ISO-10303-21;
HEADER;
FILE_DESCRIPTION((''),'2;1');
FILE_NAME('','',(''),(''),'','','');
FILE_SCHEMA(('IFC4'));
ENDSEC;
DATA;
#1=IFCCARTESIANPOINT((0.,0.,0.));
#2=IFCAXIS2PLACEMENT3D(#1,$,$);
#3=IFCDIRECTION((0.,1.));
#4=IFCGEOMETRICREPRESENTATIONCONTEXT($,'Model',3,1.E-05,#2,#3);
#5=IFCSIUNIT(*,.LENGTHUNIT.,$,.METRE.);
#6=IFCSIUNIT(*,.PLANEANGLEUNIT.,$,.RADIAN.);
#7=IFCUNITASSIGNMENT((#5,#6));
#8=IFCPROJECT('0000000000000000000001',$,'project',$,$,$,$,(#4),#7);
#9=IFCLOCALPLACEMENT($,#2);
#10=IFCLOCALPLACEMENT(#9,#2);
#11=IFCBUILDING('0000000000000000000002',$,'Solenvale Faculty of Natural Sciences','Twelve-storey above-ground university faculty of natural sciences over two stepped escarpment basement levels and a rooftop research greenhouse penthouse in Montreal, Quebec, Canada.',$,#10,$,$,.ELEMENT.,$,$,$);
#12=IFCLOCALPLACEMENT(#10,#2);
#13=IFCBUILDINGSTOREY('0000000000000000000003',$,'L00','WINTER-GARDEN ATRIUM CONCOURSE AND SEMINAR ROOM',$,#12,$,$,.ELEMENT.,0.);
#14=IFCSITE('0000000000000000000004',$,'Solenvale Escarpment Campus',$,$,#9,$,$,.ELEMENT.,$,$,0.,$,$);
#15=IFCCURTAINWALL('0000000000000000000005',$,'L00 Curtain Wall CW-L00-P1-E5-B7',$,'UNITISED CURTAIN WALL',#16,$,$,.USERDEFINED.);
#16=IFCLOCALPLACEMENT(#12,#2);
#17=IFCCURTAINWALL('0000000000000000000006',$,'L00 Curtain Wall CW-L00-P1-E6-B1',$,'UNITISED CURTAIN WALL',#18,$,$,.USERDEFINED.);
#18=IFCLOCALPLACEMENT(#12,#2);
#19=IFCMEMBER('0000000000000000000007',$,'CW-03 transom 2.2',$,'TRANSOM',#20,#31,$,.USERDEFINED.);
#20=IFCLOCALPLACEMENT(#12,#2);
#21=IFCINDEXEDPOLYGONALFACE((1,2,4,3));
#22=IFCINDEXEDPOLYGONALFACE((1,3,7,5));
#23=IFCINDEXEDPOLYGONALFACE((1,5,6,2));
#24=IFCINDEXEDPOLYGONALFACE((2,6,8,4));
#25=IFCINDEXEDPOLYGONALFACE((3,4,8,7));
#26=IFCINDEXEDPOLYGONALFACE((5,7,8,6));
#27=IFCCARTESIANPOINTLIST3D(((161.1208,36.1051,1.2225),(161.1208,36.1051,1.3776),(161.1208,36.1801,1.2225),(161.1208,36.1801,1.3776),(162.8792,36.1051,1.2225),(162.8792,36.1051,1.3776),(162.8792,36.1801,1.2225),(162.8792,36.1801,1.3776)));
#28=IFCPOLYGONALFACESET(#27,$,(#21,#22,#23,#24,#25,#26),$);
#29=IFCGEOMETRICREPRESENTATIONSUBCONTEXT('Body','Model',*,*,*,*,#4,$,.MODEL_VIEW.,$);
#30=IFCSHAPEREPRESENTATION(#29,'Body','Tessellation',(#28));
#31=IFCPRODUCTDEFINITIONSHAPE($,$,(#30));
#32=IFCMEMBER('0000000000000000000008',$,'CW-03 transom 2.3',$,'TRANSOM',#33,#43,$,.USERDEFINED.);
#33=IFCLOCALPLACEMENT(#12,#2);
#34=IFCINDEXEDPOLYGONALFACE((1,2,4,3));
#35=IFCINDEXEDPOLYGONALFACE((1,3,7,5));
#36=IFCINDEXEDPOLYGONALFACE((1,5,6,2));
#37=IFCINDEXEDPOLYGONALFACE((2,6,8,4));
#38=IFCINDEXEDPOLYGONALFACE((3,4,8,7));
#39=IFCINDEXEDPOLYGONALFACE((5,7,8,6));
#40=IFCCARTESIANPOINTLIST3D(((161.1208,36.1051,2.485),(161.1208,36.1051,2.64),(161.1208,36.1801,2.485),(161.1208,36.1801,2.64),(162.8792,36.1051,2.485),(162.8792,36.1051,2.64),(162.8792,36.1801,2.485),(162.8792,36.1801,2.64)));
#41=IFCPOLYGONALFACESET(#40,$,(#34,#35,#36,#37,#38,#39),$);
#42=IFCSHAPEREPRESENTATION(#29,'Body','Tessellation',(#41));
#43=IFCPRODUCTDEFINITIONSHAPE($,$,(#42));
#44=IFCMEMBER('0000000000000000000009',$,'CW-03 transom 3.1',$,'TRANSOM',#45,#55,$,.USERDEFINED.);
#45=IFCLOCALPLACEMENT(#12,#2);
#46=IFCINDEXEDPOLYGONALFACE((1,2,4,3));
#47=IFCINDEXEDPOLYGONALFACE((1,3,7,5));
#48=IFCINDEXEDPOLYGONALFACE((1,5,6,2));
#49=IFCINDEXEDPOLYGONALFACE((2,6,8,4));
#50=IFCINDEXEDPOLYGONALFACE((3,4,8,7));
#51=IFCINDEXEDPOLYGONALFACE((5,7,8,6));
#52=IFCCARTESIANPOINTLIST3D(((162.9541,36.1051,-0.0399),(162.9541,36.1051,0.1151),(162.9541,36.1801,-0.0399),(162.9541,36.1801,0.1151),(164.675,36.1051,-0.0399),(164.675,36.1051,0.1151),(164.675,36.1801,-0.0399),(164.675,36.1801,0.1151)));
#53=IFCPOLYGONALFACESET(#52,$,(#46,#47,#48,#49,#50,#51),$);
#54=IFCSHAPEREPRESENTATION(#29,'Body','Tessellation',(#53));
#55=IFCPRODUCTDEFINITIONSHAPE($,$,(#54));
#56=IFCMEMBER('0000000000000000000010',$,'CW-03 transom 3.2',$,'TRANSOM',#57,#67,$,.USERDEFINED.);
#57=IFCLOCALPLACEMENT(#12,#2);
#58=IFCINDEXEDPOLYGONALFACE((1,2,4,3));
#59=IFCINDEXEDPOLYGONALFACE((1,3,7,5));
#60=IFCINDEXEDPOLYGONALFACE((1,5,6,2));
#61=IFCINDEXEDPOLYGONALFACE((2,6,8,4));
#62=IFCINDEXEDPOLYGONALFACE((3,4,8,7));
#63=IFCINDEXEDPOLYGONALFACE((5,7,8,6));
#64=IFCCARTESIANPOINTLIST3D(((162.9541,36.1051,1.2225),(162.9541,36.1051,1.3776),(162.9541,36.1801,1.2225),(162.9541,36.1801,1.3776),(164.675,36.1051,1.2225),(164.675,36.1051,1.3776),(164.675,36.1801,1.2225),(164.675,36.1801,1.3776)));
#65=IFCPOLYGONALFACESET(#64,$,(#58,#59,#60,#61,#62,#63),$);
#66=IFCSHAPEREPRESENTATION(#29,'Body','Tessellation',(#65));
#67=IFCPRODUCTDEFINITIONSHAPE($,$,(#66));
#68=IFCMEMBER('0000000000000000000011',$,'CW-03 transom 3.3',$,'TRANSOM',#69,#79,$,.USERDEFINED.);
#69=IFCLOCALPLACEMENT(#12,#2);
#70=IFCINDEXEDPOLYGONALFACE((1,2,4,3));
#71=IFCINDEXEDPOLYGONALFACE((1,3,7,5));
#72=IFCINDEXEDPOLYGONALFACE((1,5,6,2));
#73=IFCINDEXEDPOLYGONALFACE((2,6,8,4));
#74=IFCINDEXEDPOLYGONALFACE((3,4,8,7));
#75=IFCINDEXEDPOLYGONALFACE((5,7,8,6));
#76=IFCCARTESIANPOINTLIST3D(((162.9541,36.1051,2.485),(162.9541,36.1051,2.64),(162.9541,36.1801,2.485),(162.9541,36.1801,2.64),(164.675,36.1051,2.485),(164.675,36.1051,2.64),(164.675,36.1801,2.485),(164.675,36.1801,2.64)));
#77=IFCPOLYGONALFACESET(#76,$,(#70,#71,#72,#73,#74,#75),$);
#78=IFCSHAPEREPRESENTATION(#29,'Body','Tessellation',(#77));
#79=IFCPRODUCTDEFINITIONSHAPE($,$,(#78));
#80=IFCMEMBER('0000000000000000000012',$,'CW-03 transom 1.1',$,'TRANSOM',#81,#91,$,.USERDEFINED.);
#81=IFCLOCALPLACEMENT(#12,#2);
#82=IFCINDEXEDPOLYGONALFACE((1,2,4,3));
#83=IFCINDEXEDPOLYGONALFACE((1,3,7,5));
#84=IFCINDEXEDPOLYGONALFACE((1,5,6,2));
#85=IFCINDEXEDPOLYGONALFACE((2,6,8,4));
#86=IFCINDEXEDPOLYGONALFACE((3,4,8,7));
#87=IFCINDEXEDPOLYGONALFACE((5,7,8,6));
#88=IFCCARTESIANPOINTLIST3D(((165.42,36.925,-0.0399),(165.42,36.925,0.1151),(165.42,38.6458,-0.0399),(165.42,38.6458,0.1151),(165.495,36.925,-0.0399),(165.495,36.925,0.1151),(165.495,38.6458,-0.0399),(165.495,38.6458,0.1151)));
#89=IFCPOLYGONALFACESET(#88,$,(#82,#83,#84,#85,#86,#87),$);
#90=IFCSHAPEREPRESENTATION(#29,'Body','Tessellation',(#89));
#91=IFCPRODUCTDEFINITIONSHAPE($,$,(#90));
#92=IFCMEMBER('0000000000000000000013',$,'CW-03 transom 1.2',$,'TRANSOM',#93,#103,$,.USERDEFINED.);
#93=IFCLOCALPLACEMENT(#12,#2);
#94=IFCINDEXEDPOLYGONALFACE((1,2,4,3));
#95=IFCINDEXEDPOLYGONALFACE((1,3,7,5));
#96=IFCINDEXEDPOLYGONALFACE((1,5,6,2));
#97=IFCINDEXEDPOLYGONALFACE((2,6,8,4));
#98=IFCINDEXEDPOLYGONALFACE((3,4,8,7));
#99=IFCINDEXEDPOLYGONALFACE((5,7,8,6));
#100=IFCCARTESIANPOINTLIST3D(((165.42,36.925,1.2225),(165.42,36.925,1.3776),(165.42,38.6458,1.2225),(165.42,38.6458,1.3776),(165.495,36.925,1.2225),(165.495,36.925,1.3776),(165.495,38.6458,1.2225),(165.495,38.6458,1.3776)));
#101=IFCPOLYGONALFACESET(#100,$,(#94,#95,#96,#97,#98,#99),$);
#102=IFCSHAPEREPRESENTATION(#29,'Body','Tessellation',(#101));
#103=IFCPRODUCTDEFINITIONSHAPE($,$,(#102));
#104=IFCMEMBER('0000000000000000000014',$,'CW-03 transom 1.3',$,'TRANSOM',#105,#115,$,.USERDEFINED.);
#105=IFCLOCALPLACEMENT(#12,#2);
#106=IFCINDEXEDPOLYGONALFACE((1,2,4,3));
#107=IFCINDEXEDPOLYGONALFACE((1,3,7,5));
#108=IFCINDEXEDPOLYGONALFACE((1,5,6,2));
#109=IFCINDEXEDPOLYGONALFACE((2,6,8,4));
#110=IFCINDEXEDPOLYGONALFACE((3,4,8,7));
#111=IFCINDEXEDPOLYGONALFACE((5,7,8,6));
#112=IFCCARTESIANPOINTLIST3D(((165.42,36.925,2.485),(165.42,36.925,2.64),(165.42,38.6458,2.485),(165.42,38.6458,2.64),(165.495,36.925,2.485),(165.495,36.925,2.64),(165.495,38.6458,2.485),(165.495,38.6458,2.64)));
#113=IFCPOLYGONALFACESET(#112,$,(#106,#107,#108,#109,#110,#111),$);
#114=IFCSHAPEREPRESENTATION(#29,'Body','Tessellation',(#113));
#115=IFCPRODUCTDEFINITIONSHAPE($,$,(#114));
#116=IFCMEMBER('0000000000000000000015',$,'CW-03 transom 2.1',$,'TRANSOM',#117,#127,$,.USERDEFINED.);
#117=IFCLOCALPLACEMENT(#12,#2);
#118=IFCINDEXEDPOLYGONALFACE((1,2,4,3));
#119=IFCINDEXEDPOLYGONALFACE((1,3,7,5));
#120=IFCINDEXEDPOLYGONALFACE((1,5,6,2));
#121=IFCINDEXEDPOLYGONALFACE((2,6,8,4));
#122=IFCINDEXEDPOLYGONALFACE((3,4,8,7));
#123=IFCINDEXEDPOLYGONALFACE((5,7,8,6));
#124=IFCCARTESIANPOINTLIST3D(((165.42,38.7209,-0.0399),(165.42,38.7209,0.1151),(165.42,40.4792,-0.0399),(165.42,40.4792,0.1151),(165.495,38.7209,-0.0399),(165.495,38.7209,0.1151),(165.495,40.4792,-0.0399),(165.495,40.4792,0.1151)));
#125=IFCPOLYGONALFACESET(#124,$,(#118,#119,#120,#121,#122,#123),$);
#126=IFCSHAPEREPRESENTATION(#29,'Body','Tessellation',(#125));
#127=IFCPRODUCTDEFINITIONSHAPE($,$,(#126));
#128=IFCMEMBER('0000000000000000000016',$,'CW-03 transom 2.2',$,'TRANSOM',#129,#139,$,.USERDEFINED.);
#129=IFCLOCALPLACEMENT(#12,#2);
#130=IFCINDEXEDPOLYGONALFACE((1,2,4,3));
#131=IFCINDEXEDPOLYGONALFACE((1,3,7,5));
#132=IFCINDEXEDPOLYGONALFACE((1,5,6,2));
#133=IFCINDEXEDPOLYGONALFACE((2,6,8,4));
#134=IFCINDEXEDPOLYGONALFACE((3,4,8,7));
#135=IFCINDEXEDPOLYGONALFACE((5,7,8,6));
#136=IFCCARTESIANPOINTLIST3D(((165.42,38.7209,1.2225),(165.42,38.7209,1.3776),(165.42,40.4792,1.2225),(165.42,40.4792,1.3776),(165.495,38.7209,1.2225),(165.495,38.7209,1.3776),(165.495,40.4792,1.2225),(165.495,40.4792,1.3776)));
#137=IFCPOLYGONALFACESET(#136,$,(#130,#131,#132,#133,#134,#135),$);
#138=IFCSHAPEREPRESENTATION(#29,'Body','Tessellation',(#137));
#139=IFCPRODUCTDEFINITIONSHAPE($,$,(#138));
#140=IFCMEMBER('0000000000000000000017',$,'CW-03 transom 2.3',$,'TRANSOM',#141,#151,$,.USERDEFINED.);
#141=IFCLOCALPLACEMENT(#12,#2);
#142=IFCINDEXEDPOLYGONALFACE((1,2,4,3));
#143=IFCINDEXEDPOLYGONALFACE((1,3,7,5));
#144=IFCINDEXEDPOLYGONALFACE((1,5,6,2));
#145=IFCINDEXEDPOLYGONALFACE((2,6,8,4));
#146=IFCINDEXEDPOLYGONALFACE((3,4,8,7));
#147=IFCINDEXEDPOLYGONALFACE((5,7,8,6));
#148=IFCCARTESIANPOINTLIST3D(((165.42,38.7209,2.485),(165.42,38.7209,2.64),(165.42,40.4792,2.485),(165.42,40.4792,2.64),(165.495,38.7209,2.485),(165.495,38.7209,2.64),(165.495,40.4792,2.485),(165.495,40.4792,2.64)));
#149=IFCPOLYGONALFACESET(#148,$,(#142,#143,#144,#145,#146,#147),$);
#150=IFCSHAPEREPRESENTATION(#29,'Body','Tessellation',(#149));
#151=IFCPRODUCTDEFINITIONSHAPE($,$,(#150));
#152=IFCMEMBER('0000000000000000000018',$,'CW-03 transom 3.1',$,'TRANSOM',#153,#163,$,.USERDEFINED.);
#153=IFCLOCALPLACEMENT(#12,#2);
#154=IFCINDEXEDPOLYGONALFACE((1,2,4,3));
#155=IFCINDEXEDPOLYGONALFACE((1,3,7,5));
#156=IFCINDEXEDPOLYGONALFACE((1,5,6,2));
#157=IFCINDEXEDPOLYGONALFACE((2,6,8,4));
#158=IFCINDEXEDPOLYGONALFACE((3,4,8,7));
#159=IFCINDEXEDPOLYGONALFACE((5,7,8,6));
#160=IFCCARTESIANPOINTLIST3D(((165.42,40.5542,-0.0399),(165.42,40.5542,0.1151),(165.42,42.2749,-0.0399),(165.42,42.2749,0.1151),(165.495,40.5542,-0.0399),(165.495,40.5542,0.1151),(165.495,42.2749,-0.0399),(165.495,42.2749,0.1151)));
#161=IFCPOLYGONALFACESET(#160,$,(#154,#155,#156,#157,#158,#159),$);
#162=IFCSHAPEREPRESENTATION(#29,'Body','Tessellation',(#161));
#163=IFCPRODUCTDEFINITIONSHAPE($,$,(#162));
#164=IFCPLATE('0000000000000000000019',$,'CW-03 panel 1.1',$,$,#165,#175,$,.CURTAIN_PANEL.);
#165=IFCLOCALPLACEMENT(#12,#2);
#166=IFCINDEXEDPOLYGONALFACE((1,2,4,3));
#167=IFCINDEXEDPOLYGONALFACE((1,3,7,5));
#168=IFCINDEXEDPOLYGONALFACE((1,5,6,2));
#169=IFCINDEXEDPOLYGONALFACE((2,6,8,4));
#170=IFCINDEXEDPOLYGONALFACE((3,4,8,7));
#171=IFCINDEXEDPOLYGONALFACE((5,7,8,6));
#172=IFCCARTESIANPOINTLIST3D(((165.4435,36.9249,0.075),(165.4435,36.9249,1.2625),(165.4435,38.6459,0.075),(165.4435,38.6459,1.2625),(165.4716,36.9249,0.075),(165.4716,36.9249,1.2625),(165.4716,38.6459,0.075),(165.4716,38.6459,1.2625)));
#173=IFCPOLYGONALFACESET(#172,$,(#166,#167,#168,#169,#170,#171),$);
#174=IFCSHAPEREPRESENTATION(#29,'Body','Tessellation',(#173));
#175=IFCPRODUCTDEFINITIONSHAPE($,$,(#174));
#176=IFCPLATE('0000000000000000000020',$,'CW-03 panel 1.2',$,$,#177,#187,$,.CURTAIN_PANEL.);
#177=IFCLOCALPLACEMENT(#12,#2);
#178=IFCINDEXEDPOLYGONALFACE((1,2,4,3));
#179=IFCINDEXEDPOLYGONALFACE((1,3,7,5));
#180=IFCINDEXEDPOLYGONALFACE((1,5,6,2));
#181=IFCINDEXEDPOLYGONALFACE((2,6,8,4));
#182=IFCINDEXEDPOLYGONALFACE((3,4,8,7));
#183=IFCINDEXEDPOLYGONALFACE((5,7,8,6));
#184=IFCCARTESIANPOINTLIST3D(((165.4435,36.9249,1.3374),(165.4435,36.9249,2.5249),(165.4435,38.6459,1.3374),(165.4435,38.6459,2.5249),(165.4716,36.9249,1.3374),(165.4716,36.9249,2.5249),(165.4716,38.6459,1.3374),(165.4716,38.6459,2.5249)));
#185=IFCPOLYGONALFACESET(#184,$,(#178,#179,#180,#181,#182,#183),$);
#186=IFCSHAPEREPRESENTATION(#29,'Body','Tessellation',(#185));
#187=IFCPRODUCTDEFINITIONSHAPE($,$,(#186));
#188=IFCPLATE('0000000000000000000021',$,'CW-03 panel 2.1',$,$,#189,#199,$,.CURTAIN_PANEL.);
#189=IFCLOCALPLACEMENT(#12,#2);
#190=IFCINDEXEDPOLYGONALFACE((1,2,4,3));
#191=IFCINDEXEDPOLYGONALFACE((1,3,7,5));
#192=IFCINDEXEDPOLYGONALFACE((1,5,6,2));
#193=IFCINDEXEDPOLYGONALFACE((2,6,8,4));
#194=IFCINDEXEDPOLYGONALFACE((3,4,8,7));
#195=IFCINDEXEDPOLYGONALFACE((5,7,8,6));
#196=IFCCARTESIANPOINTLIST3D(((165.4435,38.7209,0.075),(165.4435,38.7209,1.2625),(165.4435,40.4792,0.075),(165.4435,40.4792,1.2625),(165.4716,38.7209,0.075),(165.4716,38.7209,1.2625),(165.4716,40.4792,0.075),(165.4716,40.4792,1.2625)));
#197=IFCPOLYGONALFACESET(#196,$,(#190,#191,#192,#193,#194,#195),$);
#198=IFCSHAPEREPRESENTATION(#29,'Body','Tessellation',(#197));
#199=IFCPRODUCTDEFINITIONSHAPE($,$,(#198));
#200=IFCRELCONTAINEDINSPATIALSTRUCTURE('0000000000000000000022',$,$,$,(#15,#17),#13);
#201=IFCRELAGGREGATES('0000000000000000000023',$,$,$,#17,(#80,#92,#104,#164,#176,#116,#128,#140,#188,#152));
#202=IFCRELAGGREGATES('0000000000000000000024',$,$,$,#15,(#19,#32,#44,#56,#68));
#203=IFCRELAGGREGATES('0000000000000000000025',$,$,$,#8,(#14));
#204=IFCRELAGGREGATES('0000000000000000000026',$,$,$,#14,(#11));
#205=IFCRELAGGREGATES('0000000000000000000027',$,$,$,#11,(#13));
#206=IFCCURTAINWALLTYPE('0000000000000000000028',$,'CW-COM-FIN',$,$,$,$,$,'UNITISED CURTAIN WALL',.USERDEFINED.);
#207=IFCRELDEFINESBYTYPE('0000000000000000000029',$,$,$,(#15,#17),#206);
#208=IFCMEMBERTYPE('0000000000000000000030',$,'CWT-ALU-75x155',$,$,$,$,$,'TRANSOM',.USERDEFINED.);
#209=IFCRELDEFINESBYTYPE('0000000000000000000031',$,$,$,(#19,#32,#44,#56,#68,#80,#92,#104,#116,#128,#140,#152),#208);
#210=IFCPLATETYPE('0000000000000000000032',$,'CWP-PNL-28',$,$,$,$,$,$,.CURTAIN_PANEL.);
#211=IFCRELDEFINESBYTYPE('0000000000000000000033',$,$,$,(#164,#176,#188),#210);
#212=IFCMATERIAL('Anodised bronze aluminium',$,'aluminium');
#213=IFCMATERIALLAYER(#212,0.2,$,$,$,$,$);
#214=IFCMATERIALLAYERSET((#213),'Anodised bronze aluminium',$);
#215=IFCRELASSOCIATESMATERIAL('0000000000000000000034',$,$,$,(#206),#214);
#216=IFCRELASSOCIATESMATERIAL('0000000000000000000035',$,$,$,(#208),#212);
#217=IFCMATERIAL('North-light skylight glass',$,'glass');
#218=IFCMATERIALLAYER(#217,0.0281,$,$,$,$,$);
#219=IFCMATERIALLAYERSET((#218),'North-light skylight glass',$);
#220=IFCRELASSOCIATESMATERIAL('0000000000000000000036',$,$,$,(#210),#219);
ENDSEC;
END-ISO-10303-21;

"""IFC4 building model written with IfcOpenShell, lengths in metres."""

from ifc_helpers import new_model, si_unit, direction, frame, origin, origin_2d, place, context, subcontext, project, spatial, rectangle, extrude, material, layer, layer_set, material_profile, profile_set, type_object, element, aggregate, save


model = new_model("IFC4")

# Units and contexts
model_context = context("Model", 3, precision=1e-05, world=origin(), true_north=direction((0.0, 1.0)))
body_context = subcontext(model_context, "Body", "Model", "MODEL_VIEW")
ifc_project = project(units=[si_unit("LENGTHUNIT", "METRE"), si_unit("PLANEANGLEUNIT", "RADIAN")], contexts=[model_context])

# Site, building, storey
site_placement = place(None, origin())
site = spatial("IfcSite", under=ifc_project, at=site_placement, Name="Solenvale Escarpment Campus", CompositionType="ELEMENT", RefElevation=0.0)
building_placement = place(site_placement, origin())
building = spatial("IfcBuilding", under=site, at=building_placement, Name="Solenvale Faculty of Natural Sciences", Description="Twelve-storey above-ground university faculty of natural sciences over two stepped escarpment basement levels and a rooftop research greenhouse penthouse in Montreal, Quebec, Canada.", CompositionType="ELEMENT")
storey_placement = place(building_placement, origin())
storey = spatial("IfcBuildingStorey", under=building, at=storey_placement, Name="L00", Description="WINTER-GARDEN ATRIUM CONCOURSE AND SEMINAR ROOM", CompositionType="ELEMENT", Elevation=0.0)

# Curtain walls
ifc_material_1 = material(Name="Anodised bronze aluminium", Category="aluminium")
ifc_layer_1 = layer(ifc_material_1, 0.2)
ifc_layer_set_1 = layer_set([ifc_layer_1], Name="Anodised bronze aluminium")
curtain_wall_type = type_object("IfcCurtainWallType", Name="CW-COM-FIN", ElementType="UNITISED CURTAIN WALL", PredefinedType="USERDEFINED", material=ifc_layer_set_1)
curtain_wall_1_placement = place(storey_placement, origin())
curtain_wall_1 = element("IfcCurtainWall", 1, at=curtain_wall_1_placement, inside=storey, type_object=curtain_wall_type, Name="L00 Curtain Wall CW-L00-P1-E5-B7", ObjectType="UNITISED CURTAIN WALL", PredefinedType="USERDEFINED")
curtain_wall_2_placement = place(storey_placement, origin())
curtain_wall_2 = element("IfcCurtainWall", 2, at=curtain_wall_2_placement, inside=storey, type_object=curtain_wall_type, Name="L00 Curtain Wall CW-L00-P1-E6-B1", ObjectType="UNITISED CURTAIN WALL", PredefinedType="USERDEFINED")

# Members
ifc_material_profile_1 = material_profile(ifc_material_1, rectangle(XDim=0.075, YDim=0.155, at=origin_2d()), Name="ALU-TRN-75x155")
ifc_profile_set_1 = profile_set([ifc_material_profile_1], Name="Anodised bronze aluminium")
member_type_1 = type_object("IfcMemberType", Name="CWT-ALU-75x155", ElementType="TRANSOM", PredefinedType="USERDEFINED", material=ifc_profile_set_1)
member_1_placement = place(storey_placement, frame((161.1208, 36.1426, 1.3), z_axis=(1.0, 0.0, 0.0), x_axis=(0.0, 1.0, 0.0)))
member_1 = element("IfcMember", 3, at=member_1_placement, type_object=member_type_1, Name="CW-03 transom 2.2", ObjectType="TRANSOM", PredefinedType="USERDEFINED", context=body_context, shape_type="SweptSolid", body=[
    extrude(rectangle(XDim=0.075, YDim=0.155, at=origin_2d()), origin(), (0.0, 0.0, 1.0), 1.7583),
])
member_2_placement = place(storey_placement, frame((161.1208, 36.1426, 2.5625), z_axis=(1.0, 0.0, 0.0), x_axis=(0.0, 1.0, 0.0)))
member_2 = element("IfcMember", 4, at=member_2_placement, type_object=member_type_1, Name="CW-03 transom 2.3", ObjectType="TRANSOM", PredefinedType="USERDEFINED", context=body_context, shape_type="SweptSolid", body=[
    extrude(rectangle(XDim=0.075, YDim=0.155, at=origin_2d()), origin(), (0.0, 0.0, 1.0), 1.7583),
])
member_3_placement = place(storey_placement, frame((162.9541, 36.1426, 0.0376), z_axis=(1.0, 0.0, 0.0), x_axis=(0.0, 1.0, 0.0)))
member_3 = element("IfcMember", 5, at=member_3_placement, type_object=member_type_1, Name="CW-03 transom 3.1", ObjectType="TRANSOM", PredefinedType="USERDEFINED", context=body_context, shape_type="SweptSolid", body=[
    extrude(rectangle(XDim=0.075, YDim=0.155, at=origin_2d()), origin(), (0.0, 0.0, 1.0), 1.7209),
])
member_4_placement = place(storey_placement, frame((162.9541, 36.1426, 1.3), z_axis=(1.0, 0.0, 0.0), x_axis=(0.0, 1.0, 0.0)))
member_4 = element("IfcMember", 6, at=member_4_placement, type_object=member_type_1, Name="CW-03 transom 3.2", ObjectType="TRANSOM", PredefinedType="USERDEFINED", context=body_context, shape_type="SweptSolid", body=[
    extrude(rectangle(XDim=0.075, YDim=0.155, at=origin_2d()), origin(), (0.0, 0.0, 1.0), 1.7209),
])
member_5_placement = place(storey_placement, frame((162.9541, 36.1426, 2.5625), z_axis=(1.0, 0.0, 0.0), x_axis=(0.0, 1.0, 0.0)))
member_5 = element("IfcMember", 7, at=member_5_placement, type_object=member_type_1, Name="CW-03 transom 3.3", ObjectType="TRANSOM", PredefinedType="USERDEFINED", context=body_context, shape_type="SweptSolid", body=[
    extrude(rectangle(XDim=0.075, YDim=0.155, at=origin_2d()), origin(), (0.0, 0.0, 1.0), 1.7209),
])
member_6_placement = place(storey_placement, frame((165.4575, 36.925, 0.0376), z_axis=(0.0, 1.0, 0.0), x_axis=(-1.0, 0.0, 0.0)))
member_6 = element("IfcMember", 8, at=member_6_placement, type_object=member_type_1, Name="CW-03 transom 1.1", ObjectType="TRANSOM", PredefinedType="USERDEFINED", context=body_context, shape_type="SweptSolid", body=[
    extrude(rectangle(XDim=0.075, YDim=0.155, at=origin_2d()), origin(), (0.0, 0.0, 1.0), 1.7207),
])
member_7_placement = place(storey_placement, frame((165.4575, 36.925, 1.3), z_axis=(0.0, 1.0, 0.0), x_axis=(-1.0, 0.0, 0.0)))
member_7 = element("IfcMember", 9, at=member_7_placement, type_object=member_type_1, Name="CW-03 transom 1.2", ObjectType="TRANSOM", PredefinedType="USERDEFINED", context=body_context, shape_type="SweptSolid", body=[
    extrude(rectangle(XDim=0.075, YDim=0.155, at=origin_2d()), origin(), (0.0, 0.0, 1.0), 1.7207),
])
member_8_placement = place(storey_placement, frame((165.4575, 36.925, 2.5625), z_axis=(0.0, 1.0, 0.0), x_axis=(-1.0, 0.0, 0.0)))
member_8 = element("IfcMember", 10, at=member_8_placement, type_object=member_type_1, Name="CW-03 transom 1.3", ObjectType="TRANSOM", PredefinedType="USERDEFINED", context=body_context, shape_type="SweptSolid", body=[
    extrude(rectangle(XDim=0.075, YDim=0.155, at=origin_2d()), origin(), (0.0, 0.0, 1.0), 1.7207),
])
member_9_placement = place(storey_placement, frame((165.4575, 38.7209, 0.0376), z_axis=(0.0, 1.0, 0.0), x_axis=(-1.0, 0.0, 0.0)))
member_9 = element("IfcMember", 11, at=member_9_placement, type_object=member_type_1, Name="CW-03 transom 2.1", ObjectType="TRANSOM", PredefinedType="USERDEFINED", context=body_context, shape_type="SweptSolid", body=[
    extrude(rectangle(XDim=0.075, YDim=0.155, at=origin_2d()), origin(), (0.0, 0.0, 1.0), 1.7583),
])
member_10_placement = place(storey_placement, frame((165.4575, 38.7209, 1.3), z_axis=(0.0, 1.0, 0.0), x_axis=(-1.0, 0.0, 0.0)))
member_10 = element("IfcMember", 12, at=member_10_placement, type_object=member_type_1, Name="CW-03 transom 2.2", ObjectType="TRANSOM", PredefinedType="USERDEFINED", context=body_context, shape_type="SweptSolid", body=[
    extrude(rectangle(XDim=0.075, YDim=0.155, at=origin_2d()), origin(), (0.0, 0.0, 1.0), 1.7583),
])
member_11_placement = place(storey_placement, frame((165.4575, 38.7209, 2.5625), z_axis=(0.0, 1.0, 0.0), x_axis=(-1.0, 0.0, 0.0)))
member_11 = element("IfcMember", 13, at=member_11_placement, type_object=member_type_1, Name="CW-03 transom 2.3", ObjectType="TRANSOM", PredefinedType="USERDEFINED", context=body_context, shape_type="SweptSolid", body=[
    extrude(rectangle(XDim=0.075, YDim=0.155, at=origin_2d()), origin(), (0.0, 0.0, 1.0), 1.7583),
])
member_12_placement = place(storey_placement, frame((165.4575, 40.5542, 0.0376), z_axis=(0.0, 1.0, 0.0), x_axis=(-1.0, 0.0, 0.0)))
member_12 = element("IfcMember", 14, at=member_12_placement, type_object=member_type_1, Name="CW-03 transom 3.1", ObjectType="TRANSOM", PredefinedType="USERDEFINED", context=body_context, shape_type="SweptSolid", body=[
    extrude(rectangle(XDim=0.075, YDim=0.155, at=origin_2d()), origin(), (0.0, 0.0, 1.0), 1.7207),
])

# Plates
ifc_material_2 = material(Name="North-light skylight glass", Category="glass")
ifc_layer_2 = layer(ifc_material_2, 0.0281)
ifc_layer_set_2 = layer_set([ifc_layer_2], Name="North-light skylight glass")
plate_type_1 = type_object("IfcPlateType", Name="CWP-PNL-28", PredefinedType="CURTAIN_PANEL", material=ifc_layer_set_2)
plate_1_placement = place(storey_placement, frame((165.4575, 37.7854, 0.075), z_axis=(0.0, 0.0, 1.0), x_axis=(0.0, 1.0, 0.0)))
plate_1 = element("IfcPlate", 15, at=plate_1_placement, type_object=plate_type_1, Name="CW-03 panel 1.1", PredefinedType="CURTAIN_PANEL", context=body_context, shape_type="SweptSolid", body=[
    extrude(rectangle(XDim=1.7209, YDim=0.0281, at=origin_2d()), origin(), (0.0, 0.0, 1.0), 1.1875),
])
plate_2_placement = place(storey_placement, frame((165.4575, 37.7854, 1.3374), z_axis=(0.0, 0.0, 1.0), x_axis=(0.0, 1.0, 0.0)))
plate_2 = element("IfcPlate", 16, at=plate_2_placement, type_object=plate_type_1, Name="CW-03 panel 1.2", PredefinedType="CURTAIN_PANEL", context=body_context, shape_type="SweptSolid", body=[
    extrude(rectangle(XDim=1.7209, YDim=0.0281, at=origin_2d()), origin(), (0.0, 0.0, 1.0), 1.1875),
])
plate_3_placement = place(storey_placement, frame((165.4575, 39.6001, 0.075), z_axis=(0.0, 0.0, 1.0), x_axis=(0.0, 1.0, 0.0)))
plate_3 = element("IfcPlate", 17, at=plate_3_placement, type_object=plate_type_1, Name="CW-03 panel 2.1", PredefinedType="CURTAIN_PANEL", context=body_context, shape_type="SweptSolid", body=[
    extrude(rectangle(XDim=1.7583, YDim=0.0281, at=origin_2d()), origin(), (0.0, 0.0, 1.0), 1.1875),
])
aggregate(curtain_wall_2, [member_6, member_7, member_8, plate_1, plate_2, member_9, member_10, member_11, plate_3, member_12])
aggregate(curtain_wall_1, [member_1, member_2, member_3, member_4, member_5])

save(model, "model.ifc")
